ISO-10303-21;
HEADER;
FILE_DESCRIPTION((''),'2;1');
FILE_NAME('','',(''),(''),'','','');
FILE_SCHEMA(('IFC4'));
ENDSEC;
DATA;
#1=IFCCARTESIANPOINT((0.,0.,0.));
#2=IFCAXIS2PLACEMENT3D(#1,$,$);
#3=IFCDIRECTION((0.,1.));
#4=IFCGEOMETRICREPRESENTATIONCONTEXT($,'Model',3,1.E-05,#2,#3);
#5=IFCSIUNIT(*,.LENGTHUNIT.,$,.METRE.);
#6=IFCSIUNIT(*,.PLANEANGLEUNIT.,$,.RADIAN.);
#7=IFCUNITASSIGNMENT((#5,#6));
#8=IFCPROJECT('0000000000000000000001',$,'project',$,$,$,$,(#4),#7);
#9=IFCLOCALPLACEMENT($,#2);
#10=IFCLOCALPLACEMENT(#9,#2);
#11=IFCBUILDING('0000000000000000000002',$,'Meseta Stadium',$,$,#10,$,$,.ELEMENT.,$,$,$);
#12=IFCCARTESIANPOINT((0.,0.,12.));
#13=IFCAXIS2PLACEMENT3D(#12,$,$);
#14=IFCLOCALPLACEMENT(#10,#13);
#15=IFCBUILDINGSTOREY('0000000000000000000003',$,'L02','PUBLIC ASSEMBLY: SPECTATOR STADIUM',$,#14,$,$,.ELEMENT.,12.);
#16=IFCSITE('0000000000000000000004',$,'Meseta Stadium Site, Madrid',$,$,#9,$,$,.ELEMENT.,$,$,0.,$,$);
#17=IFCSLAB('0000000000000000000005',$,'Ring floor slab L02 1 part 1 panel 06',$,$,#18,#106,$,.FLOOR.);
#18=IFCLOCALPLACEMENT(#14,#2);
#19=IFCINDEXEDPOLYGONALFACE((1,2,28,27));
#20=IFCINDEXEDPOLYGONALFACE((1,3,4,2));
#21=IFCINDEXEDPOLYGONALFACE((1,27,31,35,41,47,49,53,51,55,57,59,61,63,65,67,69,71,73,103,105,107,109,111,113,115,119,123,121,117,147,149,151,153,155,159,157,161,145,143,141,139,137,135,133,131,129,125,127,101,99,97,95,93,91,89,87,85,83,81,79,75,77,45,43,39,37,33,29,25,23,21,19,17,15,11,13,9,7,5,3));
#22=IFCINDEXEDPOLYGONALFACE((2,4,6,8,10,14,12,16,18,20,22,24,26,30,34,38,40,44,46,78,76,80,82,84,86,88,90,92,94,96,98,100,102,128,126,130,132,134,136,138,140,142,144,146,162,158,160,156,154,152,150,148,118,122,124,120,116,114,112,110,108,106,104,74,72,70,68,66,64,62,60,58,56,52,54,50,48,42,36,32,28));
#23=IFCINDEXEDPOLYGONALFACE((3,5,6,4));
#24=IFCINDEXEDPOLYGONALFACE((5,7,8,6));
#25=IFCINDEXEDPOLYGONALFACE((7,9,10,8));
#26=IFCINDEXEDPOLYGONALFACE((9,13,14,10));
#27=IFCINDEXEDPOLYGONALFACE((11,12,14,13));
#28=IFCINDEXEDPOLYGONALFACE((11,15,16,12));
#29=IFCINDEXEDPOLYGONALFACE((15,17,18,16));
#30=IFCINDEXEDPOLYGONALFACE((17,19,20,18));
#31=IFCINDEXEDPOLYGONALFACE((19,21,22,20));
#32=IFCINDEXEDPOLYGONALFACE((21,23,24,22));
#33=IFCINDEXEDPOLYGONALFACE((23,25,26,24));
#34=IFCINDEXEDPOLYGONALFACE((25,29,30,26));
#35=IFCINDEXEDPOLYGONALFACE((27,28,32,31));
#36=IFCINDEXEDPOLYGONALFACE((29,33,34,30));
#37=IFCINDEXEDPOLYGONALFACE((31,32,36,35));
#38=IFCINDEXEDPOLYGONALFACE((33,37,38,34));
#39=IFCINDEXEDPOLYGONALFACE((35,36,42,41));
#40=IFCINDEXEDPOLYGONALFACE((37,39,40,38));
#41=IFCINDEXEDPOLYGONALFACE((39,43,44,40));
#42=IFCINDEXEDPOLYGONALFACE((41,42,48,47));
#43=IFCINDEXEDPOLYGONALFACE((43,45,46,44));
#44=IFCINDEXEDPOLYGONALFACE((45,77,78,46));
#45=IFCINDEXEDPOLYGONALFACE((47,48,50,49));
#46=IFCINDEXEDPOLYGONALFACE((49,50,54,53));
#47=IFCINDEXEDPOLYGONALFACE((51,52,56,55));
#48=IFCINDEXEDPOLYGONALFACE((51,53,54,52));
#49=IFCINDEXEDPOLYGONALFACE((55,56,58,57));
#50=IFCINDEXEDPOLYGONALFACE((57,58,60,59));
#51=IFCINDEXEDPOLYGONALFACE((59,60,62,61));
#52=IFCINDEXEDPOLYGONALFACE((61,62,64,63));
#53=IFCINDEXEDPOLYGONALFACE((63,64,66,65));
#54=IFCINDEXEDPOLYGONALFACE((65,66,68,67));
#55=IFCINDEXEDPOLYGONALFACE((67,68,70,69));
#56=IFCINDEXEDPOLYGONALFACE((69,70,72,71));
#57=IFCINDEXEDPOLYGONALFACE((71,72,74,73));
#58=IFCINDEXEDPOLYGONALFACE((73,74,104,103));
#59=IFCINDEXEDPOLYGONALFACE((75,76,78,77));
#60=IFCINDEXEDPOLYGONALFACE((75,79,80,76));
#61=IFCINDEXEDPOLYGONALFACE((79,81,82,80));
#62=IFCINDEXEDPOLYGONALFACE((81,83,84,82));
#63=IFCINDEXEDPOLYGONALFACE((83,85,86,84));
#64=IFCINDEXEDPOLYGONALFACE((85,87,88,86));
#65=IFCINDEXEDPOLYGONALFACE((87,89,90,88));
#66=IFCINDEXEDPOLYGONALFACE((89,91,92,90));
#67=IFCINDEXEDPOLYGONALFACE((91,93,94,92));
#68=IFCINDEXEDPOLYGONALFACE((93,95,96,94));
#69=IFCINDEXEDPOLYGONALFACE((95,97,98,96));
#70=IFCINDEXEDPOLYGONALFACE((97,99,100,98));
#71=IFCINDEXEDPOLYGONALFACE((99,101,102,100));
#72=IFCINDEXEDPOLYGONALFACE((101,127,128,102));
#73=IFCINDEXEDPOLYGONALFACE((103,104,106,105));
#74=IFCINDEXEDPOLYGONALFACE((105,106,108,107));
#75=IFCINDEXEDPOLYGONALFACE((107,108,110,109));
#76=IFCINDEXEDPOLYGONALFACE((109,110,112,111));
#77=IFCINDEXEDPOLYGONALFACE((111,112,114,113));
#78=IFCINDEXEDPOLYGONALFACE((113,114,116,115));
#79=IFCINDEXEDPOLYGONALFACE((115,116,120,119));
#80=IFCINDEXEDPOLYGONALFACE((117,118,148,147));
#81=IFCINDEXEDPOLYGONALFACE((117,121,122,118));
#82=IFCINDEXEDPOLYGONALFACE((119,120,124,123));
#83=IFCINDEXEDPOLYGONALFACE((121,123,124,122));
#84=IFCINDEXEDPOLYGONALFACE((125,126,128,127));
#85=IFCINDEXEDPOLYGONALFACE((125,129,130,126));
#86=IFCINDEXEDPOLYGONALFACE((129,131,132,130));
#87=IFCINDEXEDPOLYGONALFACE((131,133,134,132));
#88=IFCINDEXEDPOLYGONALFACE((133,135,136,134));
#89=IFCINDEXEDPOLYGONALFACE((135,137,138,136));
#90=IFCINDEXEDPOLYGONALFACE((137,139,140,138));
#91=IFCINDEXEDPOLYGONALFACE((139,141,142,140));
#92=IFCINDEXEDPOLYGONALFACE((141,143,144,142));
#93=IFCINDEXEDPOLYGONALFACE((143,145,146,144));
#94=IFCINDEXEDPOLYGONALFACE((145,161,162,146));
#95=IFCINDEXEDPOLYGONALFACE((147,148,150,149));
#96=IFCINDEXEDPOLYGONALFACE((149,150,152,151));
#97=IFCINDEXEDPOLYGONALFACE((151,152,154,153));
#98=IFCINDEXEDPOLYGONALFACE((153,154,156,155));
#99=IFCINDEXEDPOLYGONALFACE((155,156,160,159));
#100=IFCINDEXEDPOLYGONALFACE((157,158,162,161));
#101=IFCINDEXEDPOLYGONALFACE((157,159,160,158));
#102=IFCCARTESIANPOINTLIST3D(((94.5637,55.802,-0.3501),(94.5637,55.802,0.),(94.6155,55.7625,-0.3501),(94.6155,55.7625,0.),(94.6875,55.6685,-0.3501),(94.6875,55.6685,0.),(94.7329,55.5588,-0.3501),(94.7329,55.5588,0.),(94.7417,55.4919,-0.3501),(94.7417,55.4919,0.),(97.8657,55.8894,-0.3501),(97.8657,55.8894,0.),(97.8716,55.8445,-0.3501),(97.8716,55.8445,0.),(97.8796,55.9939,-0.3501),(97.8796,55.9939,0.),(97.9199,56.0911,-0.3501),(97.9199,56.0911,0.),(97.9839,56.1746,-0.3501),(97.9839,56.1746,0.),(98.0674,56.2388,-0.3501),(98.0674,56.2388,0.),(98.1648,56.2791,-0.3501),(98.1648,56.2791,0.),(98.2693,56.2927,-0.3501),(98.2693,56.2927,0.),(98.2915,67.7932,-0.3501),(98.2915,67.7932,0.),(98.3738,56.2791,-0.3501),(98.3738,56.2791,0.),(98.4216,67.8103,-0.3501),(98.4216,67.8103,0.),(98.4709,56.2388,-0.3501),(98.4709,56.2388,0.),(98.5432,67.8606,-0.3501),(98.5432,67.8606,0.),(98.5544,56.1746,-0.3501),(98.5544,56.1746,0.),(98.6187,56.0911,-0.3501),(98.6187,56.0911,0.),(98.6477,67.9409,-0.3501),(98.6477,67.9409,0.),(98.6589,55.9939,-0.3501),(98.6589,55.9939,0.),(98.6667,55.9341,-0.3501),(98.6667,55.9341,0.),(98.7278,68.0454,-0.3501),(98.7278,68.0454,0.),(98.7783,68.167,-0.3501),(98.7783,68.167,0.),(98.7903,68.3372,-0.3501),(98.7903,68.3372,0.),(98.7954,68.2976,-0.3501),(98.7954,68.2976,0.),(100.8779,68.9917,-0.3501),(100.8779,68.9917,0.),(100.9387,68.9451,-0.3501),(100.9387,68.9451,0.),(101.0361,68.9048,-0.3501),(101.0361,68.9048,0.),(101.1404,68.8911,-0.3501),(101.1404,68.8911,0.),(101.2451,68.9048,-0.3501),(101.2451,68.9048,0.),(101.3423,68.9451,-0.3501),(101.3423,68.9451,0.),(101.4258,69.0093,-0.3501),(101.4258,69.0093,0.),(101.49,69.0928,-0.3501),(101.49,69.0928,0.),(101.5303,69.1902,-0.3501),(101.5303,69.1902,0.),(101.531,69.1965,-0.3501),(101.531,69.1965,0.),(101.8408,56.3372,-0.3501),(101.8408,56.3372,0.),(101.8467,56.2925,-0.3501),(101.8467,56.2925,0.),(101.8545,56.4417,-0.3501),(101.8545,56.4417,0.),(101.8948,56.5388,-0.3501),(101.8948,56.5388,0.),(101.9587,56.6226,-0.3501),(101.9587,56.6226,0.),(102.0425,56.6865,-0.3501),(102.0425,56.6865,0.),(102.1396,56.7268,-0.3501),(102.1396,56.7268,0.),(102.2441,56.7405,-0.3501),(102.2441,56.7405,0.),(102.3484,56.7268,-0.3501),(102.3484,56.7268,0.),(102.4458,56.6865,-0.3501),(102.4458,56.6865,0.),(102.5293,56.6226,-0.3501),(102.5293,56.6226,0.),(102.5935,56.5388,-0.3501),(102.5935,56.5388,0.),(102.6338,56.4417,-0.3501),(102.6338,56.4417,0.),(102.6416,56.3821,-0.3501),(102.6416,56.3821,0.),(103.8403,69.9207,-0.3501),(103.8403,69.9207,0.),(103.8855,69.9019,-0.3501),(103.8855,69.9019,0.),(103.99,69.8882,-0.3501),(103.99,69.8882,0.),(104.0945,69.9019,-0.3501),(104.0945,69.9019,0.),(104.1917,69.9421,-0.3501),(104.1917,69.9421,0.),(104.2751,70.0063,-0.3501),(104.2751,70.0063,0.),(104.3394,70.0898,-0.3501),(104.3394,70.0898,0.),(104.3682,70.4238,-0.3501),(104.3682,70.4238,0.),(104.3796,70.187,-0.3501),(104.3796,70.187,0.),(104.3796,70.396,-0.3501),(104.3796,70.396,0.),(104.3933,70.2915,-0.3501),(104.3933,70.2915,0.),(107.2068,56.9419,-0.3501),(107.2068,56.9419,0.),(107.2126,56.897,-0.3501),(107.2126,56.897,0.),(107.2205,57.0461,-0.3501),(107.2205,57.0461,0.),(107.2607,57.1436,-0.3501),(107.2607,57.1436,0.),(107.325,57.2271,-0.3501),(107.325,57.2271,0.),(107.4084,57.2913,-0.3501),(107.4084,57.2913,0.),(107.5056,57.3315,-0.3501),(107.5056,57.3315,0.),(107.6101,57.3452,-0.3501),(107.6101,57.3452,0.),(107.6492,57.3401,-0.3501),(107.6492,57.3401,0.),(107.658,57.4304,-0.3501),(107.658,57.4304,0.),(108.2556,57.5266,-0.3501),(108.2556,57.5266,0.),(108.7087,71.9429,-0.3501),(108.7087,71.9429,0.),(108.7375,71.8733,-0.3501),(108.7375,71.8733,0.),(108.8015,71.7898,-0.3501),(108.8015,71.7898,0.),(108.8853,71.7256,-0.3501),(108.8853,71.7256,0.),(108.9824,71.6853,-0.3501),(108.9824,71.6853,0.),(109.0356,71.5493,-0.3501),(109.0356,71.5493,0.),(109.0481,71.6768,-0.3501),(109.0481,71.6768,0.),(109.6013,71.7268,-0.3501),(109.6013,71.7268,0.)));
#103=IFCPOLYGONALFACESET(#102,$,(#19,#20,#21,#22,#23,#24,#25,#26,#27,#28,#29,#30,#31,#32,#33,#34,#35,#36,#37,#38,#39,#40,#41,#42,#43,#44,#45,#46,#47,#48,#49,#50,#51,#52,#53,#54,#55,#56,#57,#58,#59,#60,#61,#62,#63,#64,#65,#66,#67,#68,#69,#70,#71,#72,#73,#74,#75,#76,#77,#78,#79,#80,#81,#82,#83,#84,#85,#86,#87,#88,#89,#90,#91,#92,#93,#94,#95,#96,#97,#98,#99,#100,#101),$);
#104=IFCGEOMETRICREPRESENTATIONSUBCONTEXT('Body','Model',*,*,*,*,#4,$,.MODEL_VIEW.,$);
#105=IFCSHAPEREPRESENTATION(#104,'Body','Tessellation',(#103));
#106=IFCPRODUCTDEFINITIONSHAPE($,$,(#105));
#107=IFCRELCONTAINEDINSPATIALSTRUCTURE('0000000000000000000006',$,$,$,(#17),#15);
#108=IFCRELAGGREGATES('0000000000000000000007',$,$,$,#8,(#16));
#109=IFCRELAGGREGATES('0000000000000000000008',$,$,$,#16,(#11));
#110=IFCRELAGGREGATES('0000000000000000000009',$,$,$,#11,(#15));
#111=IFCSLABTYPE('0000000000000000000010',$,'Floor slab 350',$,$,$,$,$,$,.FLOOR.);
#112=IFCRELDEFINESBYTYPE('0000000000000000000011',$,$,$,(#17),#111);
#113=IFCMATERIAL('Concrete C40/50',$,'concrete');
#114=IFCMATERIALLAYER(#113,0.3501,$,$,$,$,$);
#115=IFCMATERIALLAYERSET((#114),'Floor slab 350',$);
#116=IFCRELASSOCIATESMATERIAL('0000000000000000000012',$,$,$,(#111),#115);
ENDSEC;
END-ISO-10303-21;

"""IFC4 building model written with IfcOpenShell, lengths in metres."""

from ifc_helpers import new_model, si_unit, direction, frame, origin, place, context, subcontext, project, spatial, polyline, outline, extrude, material, layer, layer_set, type_object, element, save


model = new_model("IFC4")

# Units and contexts
model_context = context("Model", 3, precision=1e-05, world=origin(), true_north=direction((0.0, 1.0)))
body_context = subcontext(model_context, "Body", "Model", "MODEL_VIEW")
ifc_project = project(units=[si_unit("LENGTHUNIT", "METRE"), si_unit("PLANEANGLEUNIT", "RADIAN")], contexts=[model_context])

# Site, building, storey
site_placement = place(None, origin())
site = spatial("IfcSite", under=ifc_project, at=site_placement, Name="Meseta Stadium Site, Madrid", CompositionType="ELEMENT", RefElevation=0.0)
building_placement = place(site_placement, origin())
building = spatial("IfcBuilding", under=site, at=building_placement, Name="Meseta Stadium", CompositionType="ELEMENT")
storey_placement = place(building_placement, frame((0.0, 0.0, 12.0)))
storey = spatial("IfcBuildingStorey", under=building, at=storey_placement, Name="L02", Description="PUBLIC ASSEMBLY: SPECTATOR STADIUM", CompositionType="ELEMENT", Elevation=12.0)

# Slab
ifc_material_1 = material(Name="Concrete C40/50", Category="concrete")
ifc_layer_1 = layer(ifc_material_1, 0.3501)
ifc_layer_set_1 = layer_set([ifc_layer_1], Name="Floor slab 350")
slab_type_1 = type_object("IfcSlabType", Name="Floor slab 350", PredefinedType="FLOOR", material=ifc_layer_set_1)
slab_1_placement = place(storey_placement, frame((0.0, 0.0, -0.3501)))
element("IfcSlab", 1, at=slab_1_placement, inside=storey, type_object=slab_type_1, Name="Ring floor slab L02 1 part 1 panel 06", PredefinedType="FLOOR", context=body_context, shape_type="SweptSolid", body=[
    extrude(outline(polyline([(94.7417, 55.4919), (97.8716, 55.8445), (97.8657, 55.8894), (97.8796, 55.9939), (97.9199, 56.0911), (97.9839, 56.1746), (98.0674, 56.2388), (98.1648, 56.2791), (98.2693, 56.2927), (98.3738, 56.2791), (98.4709, 56.2388), (98.5544, 56.1746), (98.6187, 56.0911), (98.6589, 55.9939), (98.6667, 55.9341), (101.8467, 56.2925), (101.8408, 56.3372), (101.8545, 56.4417), (101.8948, 56.5388), (101.9587, 56.6226), (102.0425, 56.6865), (102.1396, 56.7268), (102.2441, 56.7405), (102.3484, 56.7268), (102.4458, 56.6865), (102.5293, 56.6226), (102.5935, 56.5388), (102.6338, 56.4417), (102.6416, 56.3821), (107.2126, 56.897), (107.2068, 56.9419), (107.2205, 57.0461), (107.2607, 57.1436), (107.325, 57.2271), (107.4084, 57.2913), (107.5056, 57.3315), (107.6101, 57.3452), (107.6492, 57.3401), (107.658, 57.4304), (108.2556, 57.5266), (109.6013, 71.7268), (109.0356, 71.5493), (109.0481, 71.6768), (108.9824, 71.6853), (108.8853, 71.7256), (108.8015, 71.7898), (108.7375, 71.8733), (108.7087, 71.9429), (104.3682, 70.4238), (104.3796, 70.396), (104.3933, 70.2915), (104.3796, 70.187), (104.3394, 70.0898), (104.2751, 70.0063), (104.1917, 69.9421), (104.0945, 69.9019), (103.99, 69.8882), (103.8855, 69.9019), (103.8403, 69.9207), (101.531, 69.1965), (101.5303, 69.1902), (101.49, 69.0928), (101.4258, 69.0093), (101.3423, 68.9451), (101.2451, 68.9048), (101.1404, 68.8911), (101.0361, 68.9048), (100.9387, 68.9451), (100.8779, 68.9917), (98.7903, 68.3372), (98.7954, 68.2976), (98.7783, 68.167), (98.7278, 68.0454), (98.6477, 67.9409), (98.5432, 67.8606), (98.4216, 67.8103), (98.2915, 67.7932), (94.5637, 55.802), (94.6155, 55.7625), (94.6875, 55.6685), (94.7329, 55.5588), (94.7417, 55.4919)])), origin(), (0.0, 0.0, 1.0), 0.3501),
])

save(model, "model.ifc")
